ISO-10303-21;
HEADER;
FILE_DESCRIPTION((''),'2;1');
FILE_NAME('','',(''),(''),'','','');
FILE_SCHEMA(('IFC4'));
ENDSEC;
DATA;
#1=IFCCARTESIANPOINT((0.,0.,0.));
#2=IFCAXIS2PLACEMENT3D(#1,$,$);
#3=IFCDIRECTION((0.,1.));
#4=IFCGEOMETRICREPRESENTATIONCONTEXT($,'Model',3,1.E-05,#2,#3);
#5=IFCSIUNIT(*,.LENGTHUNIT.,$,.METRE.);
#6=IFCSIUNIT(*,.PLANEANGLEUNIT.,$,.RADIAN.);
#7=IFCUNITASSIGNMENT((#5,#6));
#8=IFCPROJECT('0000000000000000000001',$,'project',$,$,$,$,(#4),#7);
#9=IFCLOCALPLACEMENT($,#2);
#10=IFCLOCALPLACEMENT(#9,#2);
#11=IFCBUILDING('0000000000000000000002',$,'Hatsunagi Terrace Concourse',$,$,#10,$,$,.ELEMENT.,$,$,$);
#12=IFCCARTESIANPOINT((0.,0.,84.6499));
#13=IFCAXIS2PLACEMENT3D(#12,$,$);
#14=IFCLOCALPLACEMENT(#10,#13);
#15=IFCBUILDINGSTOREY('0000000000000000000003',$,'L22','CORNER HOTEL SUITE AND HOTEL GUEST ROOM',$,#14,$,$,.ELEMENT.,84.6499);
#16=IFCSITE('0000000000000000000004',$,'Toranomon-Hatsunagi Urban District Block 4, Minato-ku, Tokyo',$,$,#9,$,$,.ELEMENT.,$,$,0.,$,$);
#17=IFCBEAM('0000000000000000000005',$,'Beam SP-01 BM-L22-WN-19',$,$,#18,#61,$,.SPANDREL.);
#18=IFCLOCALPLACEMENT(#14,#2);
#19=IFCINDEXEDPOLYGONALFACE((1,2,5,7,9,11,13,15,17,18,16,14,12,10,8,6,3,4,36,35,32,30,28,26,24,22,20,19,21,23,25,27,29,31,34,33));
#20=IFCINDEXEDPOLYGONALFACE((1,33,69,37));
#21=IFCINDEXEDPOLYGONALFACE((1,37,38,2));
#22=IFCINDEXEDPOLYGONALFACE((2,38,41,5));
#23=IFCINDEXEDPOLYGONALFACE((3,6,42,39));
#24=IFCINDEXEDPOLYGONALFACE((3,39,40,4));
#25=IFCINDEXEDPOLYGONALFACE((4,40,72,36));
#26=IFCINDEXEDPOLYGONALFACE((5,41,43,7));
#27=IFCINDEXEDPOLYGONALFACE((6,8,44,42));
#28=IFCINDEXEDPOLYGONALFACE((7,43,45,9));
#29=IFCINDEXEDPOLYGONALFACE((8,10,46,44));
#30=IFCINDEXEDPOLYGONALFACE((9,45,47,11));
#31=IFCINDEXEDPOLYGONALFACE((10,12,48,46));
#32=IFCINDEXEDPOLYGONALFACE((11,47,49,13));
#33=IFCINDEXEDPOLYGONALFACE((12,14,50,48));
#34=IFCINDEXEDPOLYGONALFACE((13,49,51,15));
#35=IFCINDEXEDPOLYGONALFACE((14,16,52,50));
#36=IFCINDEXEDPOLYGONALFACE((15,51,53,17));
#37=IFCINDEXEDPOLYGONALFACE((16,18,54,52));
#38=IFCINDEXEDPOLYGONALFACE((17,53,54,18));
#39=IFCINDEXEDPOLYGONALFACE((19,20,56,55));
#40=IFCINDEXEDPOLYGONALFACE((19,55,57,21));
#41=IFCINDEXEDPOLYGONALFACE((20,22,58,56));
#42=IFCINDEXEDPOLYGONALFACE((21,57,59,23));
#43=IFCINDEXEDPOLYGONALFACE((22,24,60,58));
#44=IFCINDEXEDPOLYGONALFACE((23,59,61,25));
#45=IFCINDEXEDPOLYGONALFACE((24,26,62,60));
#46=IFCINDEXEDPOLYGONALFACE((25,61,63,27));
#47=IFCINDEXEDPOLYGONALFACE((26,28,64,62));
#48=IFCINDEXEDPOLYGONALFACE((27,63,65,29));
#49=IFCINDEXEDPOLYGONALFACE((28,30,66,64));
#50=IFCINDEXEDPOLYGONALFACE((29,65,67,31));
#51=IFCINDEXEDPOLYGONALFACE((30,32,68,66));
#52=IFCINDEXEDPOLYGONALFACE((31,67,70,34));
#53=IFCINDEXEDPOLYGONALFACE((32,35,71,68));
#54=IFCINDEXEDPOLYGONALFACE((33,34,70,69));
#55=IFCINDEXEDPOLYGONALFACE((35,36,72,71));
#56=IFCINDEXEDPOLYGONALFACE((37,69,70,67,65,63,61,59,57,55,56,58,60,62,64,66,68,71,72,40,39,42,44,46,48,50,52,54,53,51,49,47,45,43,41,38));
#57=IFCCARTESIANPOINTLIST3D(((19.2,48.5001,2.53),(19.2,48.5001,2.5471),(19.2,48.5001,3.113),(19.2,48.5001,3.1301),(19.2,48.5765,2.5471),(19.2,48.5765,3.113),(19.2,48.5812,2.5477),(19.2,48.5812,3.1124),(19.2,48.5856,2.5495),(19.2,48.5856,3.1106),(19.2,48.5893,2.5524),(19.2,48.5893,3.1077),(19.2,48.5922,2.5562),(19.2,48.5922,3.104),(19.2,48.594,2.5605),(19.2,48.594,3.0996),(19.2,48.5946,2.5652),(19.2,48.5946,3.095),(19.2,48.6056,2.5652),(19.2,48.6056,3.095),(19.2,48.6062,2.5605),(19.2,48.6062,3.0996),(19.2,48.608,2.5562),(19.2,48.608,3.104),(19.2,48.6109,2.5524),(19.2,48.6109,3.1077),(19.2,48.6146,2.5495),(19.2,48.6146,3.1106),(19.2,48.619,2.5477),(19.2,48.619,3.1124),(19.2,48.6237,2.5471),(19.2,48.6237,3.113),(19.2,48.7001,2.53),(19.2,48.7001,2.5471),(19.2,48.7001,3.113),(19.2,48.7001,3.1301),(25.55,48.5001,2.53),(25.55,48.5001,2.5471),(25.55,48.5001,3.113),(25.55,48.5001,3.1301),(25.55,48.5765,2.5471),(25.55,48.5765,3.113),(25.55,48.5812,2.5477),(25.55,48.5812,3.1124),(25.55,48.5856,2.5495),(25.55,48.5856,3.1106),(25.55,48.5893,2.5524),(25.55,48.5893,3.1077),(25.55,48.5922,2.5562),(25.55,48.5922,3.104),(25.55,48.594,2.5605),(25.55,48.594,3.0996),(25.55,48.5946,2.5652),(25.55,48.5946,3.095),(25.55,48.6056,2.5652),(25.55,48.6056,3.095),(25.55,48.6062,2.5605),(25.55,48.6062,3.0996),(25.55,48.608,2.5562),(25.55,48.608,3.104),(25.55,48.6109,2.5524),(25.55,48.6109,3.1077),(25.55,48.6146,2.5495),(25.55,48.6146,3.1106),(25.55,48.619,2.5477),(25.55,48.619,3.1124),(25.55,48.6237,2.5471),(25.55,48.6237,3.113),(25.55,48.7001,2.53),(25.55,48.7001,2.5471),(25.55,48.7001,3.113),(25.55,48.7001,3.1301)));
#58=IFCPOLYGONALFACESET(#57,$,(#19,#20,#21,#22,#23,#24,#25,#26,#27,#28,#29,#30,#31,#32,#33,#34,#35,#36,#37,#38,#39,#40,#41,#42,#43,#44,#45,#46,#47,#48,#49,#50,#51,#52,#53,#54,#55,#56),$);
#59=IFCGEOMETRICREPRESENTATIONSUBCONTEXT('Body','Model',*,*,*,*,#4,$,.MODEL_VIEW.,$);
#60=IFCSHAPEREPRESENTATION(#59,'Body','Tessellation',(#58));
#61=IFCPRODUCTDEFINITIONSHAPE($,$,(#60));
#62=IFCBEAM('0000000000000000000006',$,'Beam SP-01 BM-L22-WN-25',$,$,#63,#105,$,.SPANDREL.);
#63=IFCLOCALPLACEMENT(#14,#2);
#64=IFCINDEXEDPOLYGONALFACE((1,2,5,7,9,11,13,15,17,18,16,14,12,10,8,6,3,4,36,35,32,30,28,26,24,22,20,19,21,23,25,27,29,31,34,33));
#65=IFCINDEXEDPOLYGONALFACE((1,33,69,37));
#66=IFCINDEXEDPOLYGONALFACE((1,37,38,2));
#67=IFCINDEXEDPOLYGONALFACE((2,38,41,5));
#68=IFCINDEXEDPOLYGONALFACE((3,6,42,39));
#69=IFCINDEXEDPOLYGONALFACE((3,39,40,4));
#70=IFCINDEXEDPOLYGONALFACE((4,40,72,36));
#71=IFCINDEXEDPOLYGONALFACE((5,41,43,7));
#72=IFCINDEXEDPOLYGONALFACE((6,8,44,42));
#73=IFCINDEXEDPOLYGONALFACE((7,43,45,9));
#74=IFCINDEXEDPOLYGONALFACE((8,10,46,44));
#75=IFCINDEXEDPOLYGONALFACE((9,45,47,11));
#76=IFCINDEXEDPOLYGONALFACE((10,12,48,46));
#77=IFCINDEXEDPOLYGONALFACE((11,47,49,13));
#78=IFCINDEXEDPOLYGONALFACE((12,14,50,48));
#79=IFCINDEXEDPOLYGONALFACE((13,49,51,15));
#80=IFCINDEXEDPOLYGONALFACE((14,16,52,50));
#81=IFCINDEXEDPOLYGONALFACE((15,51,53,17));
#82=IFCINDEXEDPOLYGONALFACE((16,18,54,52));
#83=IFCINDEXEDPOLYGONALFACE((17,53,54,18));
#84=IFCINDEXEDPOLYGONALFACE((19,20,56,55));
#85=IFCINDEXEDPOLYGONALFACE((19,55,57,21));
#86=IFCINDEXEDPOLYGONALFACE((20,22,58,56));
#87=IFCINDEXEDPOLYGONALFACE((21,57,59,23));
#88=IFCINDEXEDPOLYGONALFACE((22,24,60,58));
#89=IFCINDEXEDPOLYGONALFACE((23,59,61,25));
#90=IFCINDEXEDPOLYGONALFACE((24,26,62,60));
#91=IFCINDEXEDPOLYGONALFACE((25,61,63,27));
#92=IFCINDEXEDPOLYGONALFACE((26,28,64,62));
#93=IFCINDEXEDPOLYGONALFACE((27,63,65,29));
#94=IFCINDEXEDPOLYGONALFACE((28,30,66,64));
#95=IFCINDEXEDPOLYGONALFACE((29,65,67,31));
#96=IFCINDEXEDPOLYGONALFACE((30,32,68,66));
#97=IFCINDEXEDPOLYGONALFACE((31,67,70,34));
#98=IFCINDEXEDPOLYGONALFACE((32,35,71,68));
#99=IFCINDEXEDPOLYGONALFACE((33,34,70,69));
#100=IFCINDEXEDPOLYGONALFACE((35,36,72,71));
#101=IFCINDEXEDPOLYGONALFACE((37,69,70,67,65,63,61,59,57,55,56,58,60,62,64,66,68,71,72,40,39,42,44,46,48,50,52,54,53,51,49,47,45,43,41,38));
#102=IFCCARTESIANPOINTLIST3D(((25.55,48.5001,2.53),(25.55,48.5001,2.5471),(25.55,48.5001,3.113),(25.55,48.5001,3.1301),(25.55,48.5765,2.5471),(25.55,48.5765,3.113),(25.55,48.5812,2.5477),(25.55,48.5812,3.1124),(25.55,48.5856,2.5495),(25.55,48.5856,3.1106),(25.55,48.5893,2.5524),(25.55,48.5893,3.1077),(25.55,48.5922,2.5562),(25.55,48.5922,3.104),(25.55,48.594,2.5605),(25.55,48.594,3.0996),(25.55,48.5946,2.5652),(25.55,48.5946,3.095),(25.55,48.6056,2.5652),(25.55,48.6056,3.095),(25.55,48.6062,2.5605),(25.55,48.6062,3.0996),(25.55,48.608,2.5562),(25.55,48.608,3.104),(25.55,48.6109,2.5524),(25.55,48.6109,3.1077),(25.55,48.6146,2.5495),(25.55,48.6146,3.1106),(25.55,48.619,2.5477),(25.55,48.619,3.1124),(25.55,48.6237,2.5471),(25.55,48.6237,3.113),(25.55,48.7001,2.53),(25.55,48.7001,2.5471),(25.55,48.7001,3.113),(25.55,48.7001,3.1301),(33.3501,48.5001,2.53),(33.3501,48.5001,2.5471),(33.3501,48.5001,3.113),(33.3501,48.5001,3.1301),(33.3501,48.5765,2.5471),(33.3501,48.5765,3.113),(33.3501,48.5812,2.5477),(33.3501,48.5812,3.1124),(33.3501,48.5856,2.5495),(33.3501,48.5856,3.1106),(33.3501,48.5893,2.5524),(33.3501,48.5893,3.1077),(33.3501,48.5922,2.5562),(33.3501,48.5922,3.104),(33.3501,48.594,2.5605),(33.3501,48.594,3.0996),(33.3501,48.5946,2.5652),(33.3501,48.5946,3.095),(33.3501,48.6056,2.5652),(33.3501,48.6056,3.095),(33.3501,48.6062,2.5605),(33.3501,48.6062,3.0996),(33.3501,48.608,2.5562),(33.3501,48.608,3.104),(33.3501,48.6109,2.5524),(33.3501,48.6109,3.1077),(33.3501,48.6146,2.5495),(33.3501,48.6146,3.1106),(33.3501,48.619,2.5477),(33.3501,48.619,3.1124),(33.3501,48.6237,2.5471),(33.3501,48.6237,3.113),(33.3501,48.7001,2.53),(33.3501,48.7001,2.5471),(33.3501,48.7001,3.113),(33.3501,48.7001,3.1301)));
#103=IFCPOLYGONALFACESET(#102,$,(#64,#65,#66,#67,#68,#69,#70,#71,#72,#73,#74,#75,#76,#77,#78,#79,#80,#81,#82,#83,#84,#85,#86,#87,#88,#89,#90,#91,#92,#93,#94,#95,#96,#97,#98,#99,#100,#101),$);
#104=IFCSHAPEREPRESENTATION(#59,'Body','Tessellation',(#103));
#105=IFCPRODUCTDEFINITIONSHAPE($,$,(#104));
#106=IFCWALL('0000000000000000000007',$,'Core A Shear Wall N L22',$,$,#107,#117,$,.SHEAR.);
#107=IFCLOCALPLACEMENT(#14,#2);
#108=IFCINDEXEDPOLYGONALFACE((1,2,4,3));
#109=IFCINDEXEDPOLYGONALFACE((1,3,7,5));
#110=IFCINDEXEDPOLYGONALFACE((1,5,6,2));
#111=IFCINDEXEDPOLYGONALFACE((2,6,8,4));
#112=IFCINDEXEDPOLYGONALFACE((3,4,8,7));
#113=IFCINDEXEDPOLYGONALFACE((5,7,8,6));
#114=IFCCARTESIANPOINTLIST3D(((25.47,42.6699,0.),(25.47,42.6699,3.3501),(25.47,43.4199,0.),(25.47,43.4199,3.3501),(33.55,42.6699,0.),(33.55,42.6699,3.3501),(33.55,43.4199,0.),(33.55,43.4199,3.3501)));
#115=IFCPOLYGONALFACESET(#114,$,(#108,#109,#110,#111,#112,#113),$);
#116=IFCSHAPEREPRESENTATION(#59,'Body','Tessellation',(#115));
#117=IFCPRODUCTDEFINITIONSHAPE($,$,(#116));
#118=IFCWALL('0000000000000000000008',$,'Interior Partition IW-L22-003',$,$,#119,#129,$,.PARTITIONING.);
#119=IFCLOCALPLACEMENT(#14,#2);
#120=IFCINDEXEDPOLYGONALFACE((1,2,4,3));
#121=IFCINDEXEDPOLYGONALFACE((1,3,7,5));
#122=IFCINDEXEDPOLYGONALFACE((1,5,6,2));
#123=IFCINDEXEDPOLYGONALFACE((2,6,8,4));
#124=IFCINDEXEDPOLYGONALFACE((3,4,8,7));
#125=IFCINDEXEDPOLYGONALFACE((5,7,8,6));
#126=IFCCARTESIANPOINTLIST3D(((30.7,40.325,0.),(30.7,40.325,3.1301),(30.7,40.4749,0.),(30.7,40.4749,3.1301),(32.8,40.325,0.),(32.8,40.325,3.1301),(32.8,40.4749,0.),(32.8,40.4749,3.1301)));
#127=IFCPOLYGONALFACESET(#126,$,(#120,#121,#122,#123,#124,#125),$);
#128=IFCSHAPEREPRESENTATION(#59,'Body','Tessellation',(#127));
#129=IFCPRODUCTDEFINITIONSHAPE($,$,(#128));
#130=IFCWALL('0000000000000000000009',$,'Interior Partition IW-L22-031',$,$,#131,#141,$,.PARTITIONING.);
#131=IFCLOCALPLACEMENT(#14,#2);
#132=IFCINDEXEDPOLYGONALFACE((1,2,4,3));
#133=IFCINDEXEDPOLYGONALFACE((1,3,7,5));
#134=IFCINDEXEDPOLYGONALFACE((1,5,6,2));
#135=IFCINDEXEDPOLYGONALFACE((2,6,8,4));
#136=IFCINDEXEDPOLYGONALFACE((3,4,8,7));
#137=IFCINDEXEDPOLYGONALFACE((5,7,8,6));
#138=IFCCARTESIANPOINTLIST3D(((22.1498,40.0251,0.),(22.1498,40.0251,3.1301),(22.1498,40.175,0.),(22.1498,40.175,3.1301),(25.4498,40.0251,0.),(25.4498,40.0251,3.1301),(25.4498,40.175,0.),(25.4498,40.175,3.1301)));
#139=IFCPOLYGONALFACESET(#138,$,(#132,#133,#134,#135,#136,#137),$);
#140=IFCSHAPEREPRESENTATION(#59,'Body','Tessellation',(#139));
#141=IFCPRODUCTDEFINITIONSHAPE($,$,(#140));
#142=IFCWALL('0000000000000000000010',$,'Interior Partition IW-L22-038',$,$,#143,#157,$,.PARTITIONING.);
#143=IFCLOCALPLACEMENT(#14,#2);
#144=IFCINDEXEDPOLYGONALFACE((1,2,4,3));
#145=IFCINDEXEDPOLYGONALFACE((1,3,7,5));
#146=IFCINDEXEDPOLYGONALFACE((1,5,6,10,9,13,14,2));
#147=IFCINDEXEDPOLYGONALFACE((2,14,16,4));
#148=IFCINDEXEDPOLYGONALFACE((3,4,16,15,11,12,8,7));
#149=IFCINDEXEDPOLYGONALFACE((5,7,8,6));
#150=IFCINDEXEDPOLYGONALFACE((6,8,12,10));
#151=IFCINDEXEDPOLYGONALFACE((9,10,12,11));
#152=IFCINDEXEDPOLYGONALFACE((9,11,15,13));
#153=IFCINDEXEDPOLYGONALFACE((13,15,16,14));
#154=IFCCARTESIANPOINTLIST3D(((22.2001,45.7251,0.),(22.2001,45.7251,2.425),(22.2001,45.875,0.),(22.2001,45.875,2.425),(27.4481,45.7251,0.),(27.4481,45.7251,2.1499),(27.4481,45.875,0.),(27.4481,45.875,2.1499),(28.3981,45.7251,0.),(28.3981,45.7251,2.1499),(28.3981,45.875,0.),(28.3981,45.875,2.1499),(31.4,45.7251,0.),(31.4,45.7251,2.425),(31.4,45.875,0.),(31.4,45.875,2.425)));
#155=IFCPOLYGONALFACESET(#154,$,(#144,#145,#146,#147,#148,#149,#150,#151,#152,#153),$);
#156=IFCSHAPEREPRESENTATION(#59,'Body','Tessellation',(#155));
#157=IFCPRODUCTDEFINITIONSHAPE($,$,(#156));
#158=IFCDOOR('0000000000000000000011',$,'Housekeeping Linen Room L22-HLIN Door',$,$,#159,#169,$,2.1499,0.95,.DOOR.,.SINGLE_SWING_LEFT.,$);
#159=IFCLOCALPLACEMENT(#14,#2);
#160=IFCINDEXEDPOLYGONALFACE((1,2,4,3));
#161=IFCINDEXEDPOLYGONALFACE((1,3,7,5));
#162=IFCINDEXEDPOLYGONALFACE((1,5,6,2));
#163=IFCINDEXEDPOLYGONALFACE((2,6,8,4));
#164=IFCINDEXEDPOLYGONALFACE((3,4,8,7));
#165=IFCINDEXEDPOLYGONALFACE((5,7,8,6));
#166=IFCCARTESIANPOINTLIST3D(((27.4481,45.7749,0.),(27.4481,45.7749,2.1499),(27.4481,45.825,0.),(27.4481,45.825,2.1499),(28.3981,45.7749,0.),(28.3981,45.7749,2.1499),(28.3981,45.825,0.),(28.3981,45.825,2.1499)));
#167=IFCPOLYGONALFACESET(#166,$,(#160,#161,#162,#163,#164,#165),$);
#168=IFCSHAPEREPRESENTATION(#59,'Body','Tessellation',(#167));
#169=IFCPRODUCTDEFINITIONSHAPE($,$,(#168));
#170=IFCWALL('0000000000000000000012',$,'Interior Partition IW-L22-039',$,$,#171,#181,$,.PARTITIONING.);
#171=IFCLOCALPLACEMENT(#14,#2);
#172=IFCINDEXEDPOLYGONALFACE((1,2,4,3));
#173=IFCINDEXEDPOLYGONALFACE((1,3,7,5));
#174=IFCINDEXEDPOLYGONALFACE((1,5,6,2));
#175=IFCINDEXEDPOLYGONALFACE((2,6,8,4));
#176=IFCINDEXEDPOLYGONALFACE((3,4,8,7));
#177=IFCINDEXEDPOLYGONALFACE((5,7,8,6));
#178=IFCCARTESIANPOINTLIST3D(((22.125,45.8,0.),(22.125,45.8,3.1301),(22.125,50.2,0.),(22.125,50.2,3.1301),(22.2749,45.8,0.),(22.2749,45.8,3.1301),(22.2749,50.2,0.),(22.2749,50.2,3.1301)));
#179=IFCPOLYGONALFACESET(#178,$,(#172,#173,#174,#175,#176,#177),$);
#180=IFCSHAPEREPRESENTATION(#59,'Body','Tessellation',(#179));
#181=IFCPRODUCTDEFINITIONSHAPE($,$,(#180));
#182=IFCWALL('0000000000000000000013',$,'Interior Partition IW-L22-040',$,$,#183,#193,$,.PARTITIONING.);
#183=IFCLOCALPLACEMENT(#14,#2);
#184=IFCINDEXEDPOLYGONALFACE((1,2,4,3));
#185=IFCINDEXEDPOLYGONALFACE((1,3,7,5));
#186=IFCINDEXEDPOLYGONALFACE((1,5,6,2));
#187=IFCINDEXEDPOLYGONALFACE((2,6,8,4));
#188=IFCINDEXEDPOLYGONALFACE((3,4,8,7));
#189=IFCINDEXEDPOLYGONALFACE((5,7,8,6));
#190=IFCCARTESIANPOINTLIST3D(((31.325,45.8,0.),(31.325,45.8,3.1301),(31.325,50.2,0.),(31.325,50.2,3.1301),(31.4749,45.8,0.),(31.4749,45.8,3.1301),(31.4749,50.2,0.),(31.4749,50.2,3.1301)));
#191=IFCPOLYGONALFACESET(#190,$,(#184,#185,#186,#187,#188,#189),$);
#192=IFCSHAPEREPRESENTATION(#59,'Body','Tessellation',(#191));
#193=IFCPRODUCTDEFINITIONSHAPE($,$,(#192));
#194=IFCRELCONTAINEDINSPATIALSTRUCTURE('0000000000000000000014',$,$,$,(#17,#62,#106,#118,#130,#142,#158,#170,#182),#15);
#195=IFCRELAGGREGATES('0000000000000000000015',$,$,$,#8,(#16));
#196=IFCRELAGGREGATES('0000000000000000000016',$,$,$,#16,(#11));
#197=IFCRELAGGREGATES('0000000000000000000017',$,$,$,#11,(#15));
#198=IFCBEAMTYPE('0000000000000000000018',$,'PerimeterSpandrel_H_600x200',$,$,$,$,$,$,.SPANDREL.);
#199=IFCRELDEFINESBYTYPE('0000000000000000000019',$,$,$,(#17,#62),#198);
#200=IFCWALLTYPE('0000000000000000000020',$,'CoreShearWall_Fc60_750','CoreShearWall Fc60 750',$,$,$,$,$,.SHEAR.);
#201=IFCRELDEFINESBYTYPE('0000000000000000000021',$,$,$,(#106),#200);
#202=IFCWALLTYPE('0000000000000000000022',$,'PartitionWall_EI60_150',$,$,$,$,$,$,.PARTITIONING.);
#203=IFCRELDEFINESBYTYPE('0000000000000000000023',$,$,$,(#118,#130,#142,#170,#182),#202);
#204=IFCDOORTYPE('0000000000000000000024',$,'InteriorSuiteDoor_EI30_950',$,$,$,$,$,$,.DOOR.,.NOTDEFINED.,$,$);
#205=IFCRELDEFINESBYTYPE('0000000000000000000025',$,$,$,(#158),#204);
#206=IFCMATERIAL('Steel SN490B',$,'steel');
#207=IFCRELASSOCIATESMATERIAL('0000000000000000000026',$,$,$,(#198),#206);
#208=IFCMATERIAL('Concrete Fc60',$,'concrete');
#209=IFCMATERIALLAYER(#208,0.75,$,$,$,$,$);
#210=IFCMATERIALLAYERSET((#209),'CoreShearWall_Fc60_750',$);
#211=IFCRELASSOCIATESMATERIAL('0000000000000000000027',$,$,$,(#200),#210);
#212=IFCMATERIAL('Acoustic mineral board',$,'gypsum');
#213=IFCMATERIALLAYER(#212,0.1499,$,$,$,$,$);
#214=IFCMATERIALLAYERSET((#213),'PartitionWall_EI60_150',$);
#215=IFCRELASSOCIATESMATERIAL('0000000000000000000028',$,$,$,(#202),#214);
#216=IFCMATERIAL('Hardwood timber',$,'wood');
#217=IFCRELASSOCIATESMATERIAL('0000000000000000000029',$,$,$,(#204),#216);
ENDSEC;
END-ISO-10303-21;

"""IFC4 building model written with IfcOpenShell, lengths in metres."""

from ifc_helpers import new_model, si_unit, direction, frame, frame_2d, origin, origin_2d, place, context, subcontext, project, spatial, rectangle, i_section, extrude, material, layer, layer_set, material_profile, profile_set, type_object, element, fill, save


model = new_model("IFC4")

# Units and contexts
model_context = context("Model", 3, precision=1e-05, world=origin(), true_north=direction((0.0, 1.0)))
body_context = subcontext(model_context, "Body", "Model", "MODEL_VIEW")
ifc_project = project(units=[si_unit("LENGTHUNIT", "METRE"), si_unit("PLANEANGLEUNIT", "RADIAN")], contexts=[model_context])

# Site, building, storey
site_placement = place(None, origin())
site = spatial("IfcSite", under=ifc_project, at=site_placement, Name="Toranomon-Hatsunagi Urban District Block 4, Minato-ku, Tokyo", CompositionType="ELEMENT", RefElevation=0.0)
building_placement = place(site_placement, origin())
building = spatial("IfcBuilding", under=site, at=building_placement, Name="Hatsunagi Terrace Concourse", CompositionType="ELEMENT")
storey_placement = place(building_placement, frame((0.0, 0.0, 84.6499)))
storey = spatial("IfcBuildingStorey", under=building, at=storey_placement, Name="L22", Description="CORNER HOTEL SUITE AND HOTEL GUEST ROOM", CompositionType="ELEMENT", Elevation=84.6499)

# Beams
ifc_material_1 = material(Name="Steel SN490B", Category="steel")
ifc_material_profile_1 = material_profile(ifc_material_1, i_section(OverallWidth=0.2, OverallDepth=0.6001, WebThickness=0.011, FlangeThickness=0.0171, FilletRadius=0.0181, at=origin_2d()), Name="H-600x200x11x17")
ifc_profile_set_1 = profile_set([ifc_material_profile_1], Name="Steel SN490B")
beam_type_1 = type_object("IfcBeamType", Name="PerimeterSpandrel_H_600x200", PredefinedType="SPANDREL", material=ifc_profile_set_1)
beam_1_placement = place(storey_placement, frame((19.2, 48.6001, 2.8301), z_axis=(1.0, 0.0, 0.0), x_axis=(0.0, 1.0, 0.0)))
element("IfcBeam", 1, at=beam_1_placement, inside=storey, type_object=beam_type_1, Name="Beam SP-01 BM-L22-WN-19", PredefinedType="SPANDREL", context=body_context, shape_type="SweptSolid", body=[
    extrude(i_section(OverallWidth=0.2, OverallDepth=0.6001, WebThickness=0.011, FlangeThickness=0.0171, FilletRadius=0.0181, at=origin_2d()), origin(), (0.0, 0.0, 1.0), 6.3501),
])
beam_2_placement = place(storey_placement, frame((25.55, 48.6001, 2.8301), z_axis=(1.0, 0.0, 0.0), x_axis=(0.0, 1.0, 0.0)))
element("IfcBeam", 2, at=beam_2_placement, inside=storey, type_object=beam_type_1, Name="Beam SP-01 BM-L22-WN-25", PredefinedType="SPANDREL", context=body_context, shape_type="SweptSolid", body=[
    extrude(i_section(OverallWidth=0.2, OverallDepth=0.6001, WebThickness=0.011, FlangeThickness=0.0171, FilletRadius=0.0181, at=origin_2d()), origin(), (0.0, 0.0, 1.0), 7.8),
])

# Walls
ifc_material_2 = material(Name="Concrete Fc60", Category="concrete")
ifc_layer_1 = layer(ifc_material_2, 0.75)
ifc_layer_set_1 = layer_set([ifc_layer_1], Name="CoreShearWall_Fc60_750")
wall_type_1 = type_object("IfcWallType", Name="CoreShearWall_Fc60_750", Description="CoreShearWall Fc60 750", PredefinedType="SHEAR", material=ifc_layer_set_1)
wall_1_placement = place(storey_placement, frame((25.47, 43.0449, 0.0), z_axis=(0.0, 0.0, 1.0), x_axis=(1.0, 0.0, 0.0)))
element("IfcWall", 3, at=wall_1_placement, inside=storey, type_object=wall_type_1, Name="Core A Shear Wall N L22", PredefinedType="SHEAR", context=body_context, shape_type="SweptSolid", body=[
    extrude(rectangle(XDim=8.0801, YDim=0.75, at=frame_2d((4.04, 0.0))), origin(), (0.0, 0.0, 1.0), 3.3501),
])
ifc_material_3 = material(Name="Acoustic mineral board", Category="gypsum")
ifc_layer_2 = layer(ifc_material_3, 0.1499)
ifc_layer_set_2 = layer_set([ifc_layer_2], Name="PartitionWall_EI60_150")
wall_type_2 = type_object("IfcWallType", Name="PartitionWall_EI60_150", PredefinedType="PARTITIONING", material=ifc_layer_set_2)
wall_2_placement = place(storey_placement, frame((30.7, 40.3999, 0.0), z_axis=(0.0, 0.0, 1.0), x_axis=(1.0, 0.0, 0.0)))
element("IfcWall", 4, at=wall_2_placement, inside=storey, type_object=wall_type_2, Name="Interior Partition IW-L22-003", PredefinedType="PARTITIONING", context=body_context, shape_type="SweptSolid", body=[
    extrude(rectangle(XDim=2.1001, YDim=0.1499, at=frame_2d((1.05, 0.0))), origin(), (0.0, 0.0, 1.0), 3.1301),
])
wall_3_placement = place(storey_placement, frame((22.1499, 40.1001, 0.0), z_axis=(0.0, 0.0, 1.0), x_axis=(1.0, 0.0, 0.0)))
element("IfcWall", 5, at=wall_3_placement, inside=storey, type_object=wall_type_2, Name="Interior Partition IW-L22-031", PredefinedType="PARTITIONING", context=body_context, shape_type="SweptSolid", body=[
    extrude(rectangle(XDim=3.3, YDim=0.1499, at=frame_2d((1.6499, 0.0))), origin(), (0.0, 0.0, 1.0), 3.1301),
])

# Wall, opening, door
wall_4_placement = place(storey_placement, frame((22.2, 45.8, 0.0), z_axis=(0.0, 0.0, 1.0), x_axis=(1.0, 0.0, 0.0)))
wall_4 = element("IfcWall", 6, at=wall_4_placement, inside=storey, type_object=wall_type_2, Name="Interior Partition IW-L22-038", PredefinedType="PARTITIONING", context=body_context, shape_type="SweptSolid", body=[
    extrude(rectangle(XDim=9.2, YDim=0.1499, at=frame_2d((4.6001, 0.0))), origin(), (0.0, 0.0, 1.0), 2.425),
])
opening_1_placement = place(wall_4_placement, frame((5.248, 0.0, 0.0)))
opening_1 = element("IfcOpeningElement", 7, at=opening_1_placement, cuts=wall_4, PredefinedType="OPENING", context=body_context, shape_type="SweptSolid", body=[
    extrude(rectangle(XDim=0.95, YDim=2.1499, at=frame_2d((0.4751, 1.075))), frame((0.0, 0.085, 0.0), z_axis=(0.0, -1.0, 0.0), x_axis=(1.0, 0.0, 0.0)), (0.0, 0.0, 1.0), 0.1699),
])
ifc_material_4 = material(Name="Hardwood timber", Category="wood")
door_type = type_object("IfcDoorType", Name="InteriorSuiteDoor_EI30_950", OperationType="NOTDEFINED", PredefinedType="DOOR", material=ifc_material_4)
door_1_placement = place(opening_1_placement, origin())
door_1 = element("IfcDoor", 8, at=door_1_placement, inside=storey, type_object=door_type, Name="Housekeeping Linen Room L22-HLIN Door", OperationType="SINGLE_SWING_LEFT", OverallHeight=2.1499, OverallWidth=0.95, PredefinedType="DOOR", context=body_context, shape_type="SweptSolid", body=[
    extrude(rectangle(XDim=0.95, YDim=2.1499, at=frame_2d((0.4751, 1.075))), frame((0.0, 0.0249, 0.0), z_axis=(0.0, -1.0, 0.0), x_axis=(1.0, 0.0, 0.0)), (0.0, 0.0, 1.0), 0.05),
])
fill(opening_1, door_1)

# Walls
for number, where, z_axis, x_axis, name in (
    (9, (22.2, 45.8, 0.0), (0.0, 0.0, 1.0), (0.0, 1.0, 0.0), "Interior Partition IW-L22-039"),
    (10, (31.3999, 45.8, 0.0), (0.0, 0.0, 1.0), (0.0, 1.0, 0.0), "Interior Partition IW-L22-040"),
):
    element("IfcWall", number, at=place(storey_placement, frame(where, z_axis=z_axis, x_axis=x_axis)), inside=storey, type_object=wall_type_2, Name=name, PredefinedType="PARTITIONING", context=body_context, shape_type="SweptSolid", body=[
        extrude(rectangle(XDim=4.3999, YDim=0.1499, at=frame_2d((2.2, 0.0))), origin(), (0.0, 0.0, 1.0), 3.1301),
    ])

save(model, "model.ifc")
